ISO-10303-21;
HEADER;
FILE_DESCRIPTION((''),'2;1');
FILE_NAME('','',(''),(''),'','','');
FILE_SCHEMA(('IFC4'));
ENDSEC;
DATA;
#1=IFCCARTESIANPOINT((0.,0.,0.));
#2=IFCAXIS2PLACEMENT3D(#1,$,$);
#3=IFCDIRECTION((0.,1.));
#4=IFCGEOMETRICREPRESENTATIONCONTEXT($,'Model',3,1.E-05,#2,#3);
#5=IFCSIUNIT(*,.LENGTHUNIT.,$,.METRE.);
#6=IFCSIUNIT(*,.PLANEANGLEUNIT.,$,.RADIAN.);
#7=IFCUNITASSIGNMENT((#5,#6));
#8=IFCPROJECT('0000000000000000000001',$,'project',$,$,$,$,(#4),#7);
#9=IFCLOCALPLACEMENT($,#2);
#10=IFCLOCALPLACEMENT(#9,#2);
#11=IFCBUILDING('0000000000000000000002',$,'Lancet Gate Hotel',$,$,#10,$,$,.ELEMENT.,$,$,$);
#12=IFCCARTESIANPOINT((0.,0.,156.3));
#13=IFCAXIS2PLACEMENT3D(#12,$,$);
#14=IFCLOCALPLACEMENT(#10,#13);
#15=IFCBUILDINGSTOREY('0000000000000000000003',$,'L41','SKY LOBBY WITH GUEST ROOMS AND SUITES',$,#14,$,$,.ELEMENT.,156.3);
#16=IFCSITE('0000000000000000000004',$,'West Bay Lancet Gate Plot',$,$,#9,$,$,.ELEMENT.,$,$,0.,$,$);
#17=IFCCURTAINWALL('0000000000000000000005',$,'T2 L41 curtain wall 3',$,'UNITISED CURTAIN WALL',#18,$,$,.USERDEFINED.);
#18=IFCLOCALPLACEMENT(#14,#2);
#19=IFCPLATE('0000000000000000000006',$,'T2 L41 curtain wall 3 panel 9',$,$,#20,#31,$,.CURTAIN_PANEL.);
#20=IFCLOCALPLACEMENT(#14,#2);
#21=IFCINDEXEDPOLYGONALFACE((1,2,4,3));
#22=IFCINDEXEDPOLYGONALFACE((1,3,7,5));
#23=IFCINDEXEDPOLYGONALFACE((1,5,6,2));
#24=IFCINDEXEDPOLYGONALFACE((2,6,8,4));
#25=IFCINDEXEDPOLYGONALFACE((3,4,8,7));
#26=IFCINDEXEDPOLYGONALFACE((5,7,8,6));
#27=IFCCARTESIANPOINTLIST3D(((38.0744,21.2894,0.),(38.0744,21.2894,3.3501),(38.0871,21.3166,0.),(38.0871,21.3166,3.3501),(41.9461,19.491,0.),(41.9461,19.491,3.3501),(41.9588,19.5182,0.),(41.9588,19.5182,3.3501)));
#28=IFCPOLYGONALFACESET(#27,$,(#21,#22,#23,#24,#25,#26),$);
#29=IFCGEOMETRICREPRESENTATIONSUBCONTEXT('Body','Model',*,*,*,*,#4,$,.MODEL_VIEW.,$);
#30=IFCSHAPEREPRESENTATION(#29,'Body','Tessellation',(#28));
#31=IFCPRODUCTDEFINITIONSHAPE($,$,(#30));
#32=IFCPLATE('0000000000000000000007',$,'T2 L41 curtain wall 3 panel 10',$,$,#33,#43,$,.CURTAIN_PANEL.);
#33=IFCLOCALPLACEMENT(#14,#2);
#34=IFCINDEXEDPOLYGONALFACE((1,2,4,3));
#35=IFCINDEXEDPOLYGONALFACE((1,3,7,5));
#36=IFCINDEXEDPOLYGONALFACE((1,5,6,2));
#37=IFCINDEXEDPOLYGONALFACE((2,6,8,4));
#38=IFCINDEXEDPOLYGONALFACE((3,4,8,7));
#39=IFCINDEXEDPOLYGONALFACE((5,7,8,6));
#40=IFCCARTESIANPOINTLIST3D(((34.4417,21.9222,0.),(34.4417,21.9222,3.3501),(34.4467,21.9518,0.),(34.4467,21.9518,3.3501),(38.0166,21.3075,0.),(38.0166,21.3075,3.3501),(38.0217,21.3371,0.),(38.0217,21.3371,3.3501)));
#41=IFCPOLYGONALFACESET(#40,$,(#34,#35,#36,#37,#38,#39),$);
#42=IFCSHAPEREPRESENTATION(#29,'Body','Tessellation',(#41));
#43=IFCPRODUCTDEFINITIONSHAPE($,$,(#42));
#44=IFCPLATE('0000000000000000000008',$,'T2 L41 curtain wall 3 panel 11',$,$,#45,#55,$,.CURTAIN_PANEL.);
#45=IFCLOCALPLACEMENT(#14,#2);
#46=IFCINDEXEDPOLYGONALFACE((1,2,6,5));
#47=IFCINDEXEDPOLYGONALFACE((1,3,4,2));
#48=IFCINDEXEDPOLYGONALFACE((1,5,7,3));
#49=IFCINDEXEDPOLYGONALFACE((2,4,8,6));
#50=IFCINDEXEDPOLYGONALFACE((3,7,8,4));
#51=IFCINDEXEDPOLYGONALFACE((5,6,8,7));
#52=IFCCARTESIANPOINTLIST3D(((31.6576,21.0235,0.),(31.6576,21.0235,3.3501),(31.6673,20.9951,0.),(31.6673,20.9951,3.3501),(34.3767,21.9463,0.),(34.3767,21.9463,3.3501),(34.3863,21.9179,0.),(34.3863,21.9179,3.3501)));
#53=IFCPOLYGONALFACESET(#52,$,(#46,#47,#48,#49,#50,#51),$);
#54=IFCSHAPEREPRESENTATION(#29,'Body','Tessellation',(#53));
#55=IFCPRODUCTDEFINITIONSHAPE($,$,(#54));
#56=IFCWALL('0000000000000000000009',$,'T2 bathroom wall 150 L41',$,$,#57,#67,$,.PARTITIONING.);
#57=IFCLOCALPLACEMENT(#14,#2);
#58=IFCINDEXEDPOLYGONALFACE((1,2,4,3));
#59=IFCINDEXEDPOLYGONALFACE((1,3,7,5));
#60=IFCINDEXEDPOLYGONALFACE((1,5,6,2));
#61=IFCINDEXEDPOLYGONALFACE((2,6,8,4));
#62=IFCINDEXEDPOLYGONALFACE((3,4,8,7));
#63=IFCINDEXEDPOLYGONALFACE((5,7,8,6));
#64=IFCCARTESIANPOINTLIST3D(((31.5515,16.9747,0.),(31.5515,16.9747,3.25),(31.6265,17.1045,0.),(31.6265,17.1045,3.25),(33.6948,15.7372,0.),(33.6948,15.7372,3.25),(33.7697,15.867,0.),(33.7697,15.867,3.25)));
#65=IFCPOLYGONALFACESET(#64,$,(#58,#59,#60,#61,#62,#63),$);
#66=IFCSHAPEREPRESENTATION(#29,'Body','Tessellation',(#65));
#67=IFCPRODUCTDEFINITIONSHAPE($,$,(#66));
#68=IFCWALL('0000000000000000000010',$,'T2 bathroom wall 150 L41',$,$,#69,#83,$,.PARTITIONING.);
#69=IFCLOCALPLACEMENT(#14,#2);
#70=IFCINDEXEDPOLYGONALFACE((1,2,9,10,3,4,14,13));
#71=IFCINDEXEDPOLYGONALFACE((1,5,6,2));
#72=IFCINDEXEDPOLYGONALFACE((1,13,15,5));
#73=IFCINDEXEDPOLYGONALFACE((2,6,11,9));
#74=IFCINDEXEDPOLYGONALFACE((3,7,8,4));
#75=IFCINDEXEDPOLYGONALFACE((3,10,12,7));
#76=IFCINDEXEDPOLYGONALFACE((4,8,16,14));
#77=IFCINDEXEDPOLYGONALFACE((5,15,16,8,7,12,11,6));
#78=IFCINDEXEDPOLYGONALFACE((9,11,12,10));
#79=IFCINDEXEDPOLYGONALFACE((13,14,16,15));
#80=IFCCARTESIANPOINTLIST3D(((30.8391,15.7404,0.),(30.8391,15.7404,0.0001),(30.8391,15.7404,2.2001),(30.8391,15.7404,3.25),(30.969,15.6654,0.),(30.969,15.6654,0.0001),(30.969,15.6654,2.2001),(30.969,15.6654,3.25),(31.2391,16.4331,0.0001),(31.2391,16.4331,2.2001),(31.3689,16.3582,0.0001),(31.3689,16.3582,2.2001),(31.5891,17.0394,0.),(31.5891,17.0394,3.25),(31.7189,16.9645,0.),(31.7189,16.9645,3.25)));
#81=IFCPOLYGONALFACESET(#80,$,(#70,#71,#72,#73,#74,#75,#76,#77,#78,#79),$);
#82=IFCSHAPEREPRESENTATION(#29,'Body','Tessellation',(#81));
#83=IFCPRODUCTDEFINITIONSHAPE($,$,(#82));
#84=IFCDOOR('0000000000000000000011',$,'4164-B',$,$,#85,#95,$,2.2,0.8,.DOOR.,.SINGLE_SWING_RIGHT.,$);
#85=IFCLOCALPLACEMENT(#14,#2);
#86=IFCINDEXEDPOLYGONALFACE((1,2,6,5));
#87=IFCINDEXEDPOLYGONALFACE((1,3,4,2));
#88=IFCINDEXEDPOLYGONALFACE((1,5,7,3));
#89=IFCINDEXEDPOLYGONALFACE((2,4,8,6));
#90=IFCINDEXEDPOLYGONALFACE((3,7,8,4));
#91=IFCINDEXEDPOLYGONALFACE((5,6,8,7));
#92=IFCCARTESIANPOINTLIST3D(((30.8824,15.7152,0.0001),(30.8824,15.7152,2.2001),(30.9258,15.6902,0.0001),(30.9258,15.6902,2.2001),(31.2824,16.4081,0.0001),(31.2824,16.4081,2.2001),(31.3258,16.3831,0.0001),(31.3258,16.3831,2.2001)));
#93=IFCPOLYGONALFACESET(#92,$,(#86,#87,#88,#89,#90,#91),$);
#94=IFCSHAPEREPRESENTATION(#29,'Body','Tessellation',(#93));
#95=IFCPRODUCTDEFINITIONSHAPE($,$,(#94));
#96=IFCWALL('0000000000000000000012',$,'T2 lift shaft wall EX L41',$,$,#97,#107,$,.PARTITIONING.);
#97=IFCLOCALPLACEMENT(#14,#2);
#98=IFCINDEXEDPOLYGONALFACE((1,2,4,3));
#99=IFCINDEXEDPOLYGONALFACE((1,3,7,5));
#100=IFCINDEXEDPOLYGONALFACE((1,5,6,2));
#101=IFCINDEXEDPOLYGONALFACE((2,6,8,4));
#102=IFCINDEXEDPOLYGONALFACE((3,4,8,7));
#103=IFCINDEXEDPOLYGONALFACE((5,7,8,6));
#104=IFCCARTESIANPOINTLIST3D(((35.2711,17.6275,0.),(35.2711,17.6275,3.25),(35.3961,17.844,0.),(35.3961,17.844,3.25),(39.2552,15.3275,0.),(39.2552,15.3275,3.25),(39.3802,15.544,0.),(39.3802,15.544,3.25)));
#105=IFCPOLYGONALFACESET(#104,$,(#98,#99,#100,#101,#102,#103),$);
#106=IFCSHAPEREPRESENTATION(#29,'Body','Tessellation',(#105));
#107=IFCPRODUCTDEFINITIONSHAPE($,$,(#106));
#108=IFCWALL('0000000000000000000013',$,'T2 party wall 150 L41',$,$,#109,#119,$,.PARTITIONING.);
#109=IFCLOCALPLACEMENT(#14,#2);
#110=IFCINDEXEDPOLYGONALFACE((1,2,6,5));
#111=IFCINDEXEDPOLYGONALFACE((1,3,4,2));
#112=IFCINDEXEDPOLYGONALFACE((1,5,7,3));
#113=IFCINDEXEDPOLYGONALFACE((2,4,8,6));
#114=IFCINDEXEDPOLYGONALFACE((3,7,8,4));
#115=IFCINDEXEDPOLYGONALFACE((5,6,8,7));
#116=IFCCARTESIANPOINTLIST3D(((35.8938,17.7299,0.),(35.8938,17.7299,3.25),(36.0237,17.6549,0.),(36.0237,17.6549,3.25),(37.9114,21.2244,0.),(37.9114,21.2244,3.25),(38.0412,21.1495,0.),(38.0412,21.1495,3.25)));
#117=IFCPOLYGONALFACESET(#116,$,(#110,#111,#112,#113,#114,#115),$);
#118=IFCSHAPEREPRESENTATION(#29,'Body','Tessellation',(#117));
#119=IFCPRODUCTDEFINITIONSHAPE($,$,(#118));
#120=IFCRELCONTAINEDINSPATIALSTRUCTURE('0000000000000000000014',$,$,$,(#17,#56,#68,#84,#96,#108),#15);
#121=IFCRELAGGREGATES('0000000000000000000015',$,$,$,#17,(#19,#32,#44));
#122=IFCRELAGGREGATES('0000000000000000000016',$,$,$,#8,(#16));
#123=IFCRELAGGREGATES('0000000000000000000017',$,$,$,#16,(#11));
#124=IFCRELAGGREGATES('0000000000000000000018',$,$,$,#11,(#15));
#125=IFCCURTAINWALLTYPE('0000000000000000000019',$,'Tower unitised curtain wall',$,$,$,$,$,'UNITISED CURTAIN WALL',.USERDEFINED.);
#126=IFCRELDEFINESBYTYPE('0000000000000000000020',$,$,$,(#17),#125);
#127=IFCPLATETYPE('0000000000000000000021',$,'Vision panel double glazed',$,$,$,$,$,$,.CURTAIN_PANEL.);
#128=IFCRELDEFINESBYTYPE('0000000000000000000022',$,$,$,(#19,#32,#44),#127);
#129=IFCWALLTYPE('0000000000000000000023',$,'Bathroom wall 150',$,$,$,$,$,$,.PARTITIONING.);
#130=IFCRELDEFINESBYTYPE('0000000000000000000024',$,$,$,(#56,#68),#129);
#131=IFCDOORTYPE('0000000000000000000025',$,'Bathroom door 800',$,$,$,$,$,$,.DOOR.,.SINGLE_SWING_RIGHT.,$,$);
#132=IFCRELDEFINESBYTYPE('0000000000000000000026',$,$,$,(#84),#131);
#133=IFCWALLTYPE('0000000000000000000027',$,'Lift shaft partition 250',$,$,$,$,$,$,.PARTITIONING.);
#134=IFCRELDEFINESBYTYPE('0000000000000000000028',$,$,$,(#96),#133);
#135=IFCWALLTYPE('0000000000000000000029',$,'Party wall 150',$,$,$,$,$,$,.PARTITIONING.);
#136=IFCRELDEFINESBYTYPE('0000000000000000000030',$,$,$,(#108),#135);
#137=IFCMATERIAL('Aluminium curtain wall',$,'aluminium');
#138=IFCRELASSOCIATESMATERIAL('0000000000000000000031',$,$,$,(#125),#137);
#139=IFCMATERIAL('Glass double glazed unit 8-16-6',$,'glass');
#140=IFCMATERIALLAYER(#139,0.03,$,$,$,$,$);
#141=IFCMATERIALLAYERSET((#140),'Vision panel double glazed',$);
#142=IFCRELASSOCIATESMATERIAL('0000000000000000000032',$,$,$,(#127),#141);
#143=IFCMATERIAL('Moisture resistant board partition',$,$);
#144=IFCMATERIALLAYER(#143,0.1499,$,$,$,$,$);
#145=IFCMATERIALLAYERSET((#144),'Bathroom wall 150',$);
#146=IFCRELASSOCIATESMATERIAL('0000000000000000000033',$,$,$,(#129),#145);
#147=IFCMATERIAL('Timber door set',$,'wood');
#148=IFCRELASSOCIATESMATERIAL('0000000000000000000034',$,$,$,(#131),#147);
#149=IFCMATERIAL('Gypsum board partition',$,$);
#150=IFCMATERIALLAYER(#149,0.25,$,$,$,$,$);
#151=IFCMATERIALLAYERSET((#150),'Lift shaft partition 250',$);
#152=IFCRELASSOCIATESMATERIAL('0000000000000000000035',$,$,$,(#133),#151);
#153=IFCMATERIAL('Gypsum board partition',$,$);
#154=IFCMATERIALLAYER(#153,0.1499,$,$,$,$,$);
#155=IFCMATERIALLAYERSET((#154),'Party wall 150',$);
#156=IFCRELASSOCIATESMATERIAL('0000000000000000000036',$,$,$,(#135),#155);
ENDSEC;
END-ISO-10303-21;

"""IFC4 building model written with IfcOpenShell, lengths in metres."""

from ifc_helpers import new_model, si_unit, direction, frame, frame_2d, origin, origin_2d, place, context, subcontext, project, spatial, rectangle, extrude, material, layer, layer_set, type_object, element, fill, aggregate, save


model = new_model("IFC4")

# Units and contexts
model_context = context("Model", 3, precision=1e-05, world=origin(), true_north=direction((0.0, 1.0)))
body_context = subcontext(model_context, "Body", "Model", "MODEL_VIEW")
ifc_project = project(units=[si_unit("LENGTHUNIT", "METRE"), si_unit("PLANEANGLEUNIT", "RADIAN")], contexts=[model_context])

# Site, building, storey
site_placement = place(None, origin())
site = spatial("IfcSite", under=ifc_project, at=site_placement, Name="West Bay Lancet Gate Plot", CompositionType="ELEMENT", RefElevation=0.0)
building_placement = place(site_placement, origin())
building = spatial("IfcBuilding", under=site, at=building_placement, Name="Lancet Gate Hotel", CompositionType="ELEMENT")
storey_placement = place(building_placement, frame((0.0, 0.0, 156.3)))
storey = spatial("IfcBuildingStorey", under=building, at=storey_placement, Name="L41", Description="SKY LOBBY WITH GUEST ROOMS AND SUITES", CompositionType="ELEMENT", Elevation=156.3)

# Curtain wall
ifc_material_1 = material(Name="Aluminium curtain wall", Category="aluminium")
curtain_wall_type = type_object("IfcCurtainWallType", Name="Tower unitised curtain wall", ElementType="UNITISED CURTAIN WALL", PredefinedType="USERDEFINED", material=ifc_material_1)
curtain_wall_1_placement = place(storey_placement, origin())
curtain_wall_1 = element("IfcCurtainWall", 1, at=curtain_wall_1_placement, inside=storey, type_object=curtain_wall_type, Name="T2 L41 curtain wall 3", ObjectType="UNITISED CURTAIN WALL", PredefinedType="USERDEFINED")

# Plates
ifc_material_2 = material(Name="Glass double glazed unit 8-16-6", Category="glass")
ifc_layer_1 = layer(ifc_material_2, 0.03)
ifc_layer_set_1 = layer_set([ifc_layer_1], Name="Vision panel double glazed")
plate_type = type_object("IfcPlateType", Name="Vision panel double glazed", PredefinedType="CURTAIN_PANEL", material=ifc_layer_set_1)
plate_1_placement = place(storey_placement, frame((40.0166, 20.4038, 0.0), z_axis=(0.0, 0.0, 1.0), x_axis=(-0.906935, 0.421271, 0.0)))
plate_1 = element("IfcPlate", 2, at=plate_1_placement, type_object=plate_type, Name="T2 L41 curtain wall 3 panel 9", PredefinedType="CURTAIN_PANEL", context=body_context, shape_type="SweptSolid", body=[
    extrude(rectangle(XDim=4.269, YDim=0.03, at=origin_2d()), origin(), (0.0, 0.0, 1.0), 3.3501),
])
plate_2_placement = place(storey_placement, frame((36.2317, 21.6296, 0.0), z_axis=(0.0, 0.0, 1.0), x_axis=(-0.98554, 0.169445, 0.0)))
plate_2 = element("IfcPlate", 3, at=plate_2_placement, type_object=plate_type, Name="T2 L41 curtain wall 3 panel 10", PredefinedType="CURTAIN_PANEL", context=body_context, shape_type="SweptSolid", body=[
    extrude(rectangle(XDim=3.6274, YDim=0.03, at=origin_2d()), origin(), (0.0, 0.0, 1.0), 3.3501),
])
plate_3_placement = place(storey_placement, frame((33.022, 21.4707, 0.0), z_axis=(0.0, 0.0, 1.0), x_axis=(-0.946952, -0.321374, 0.0)))
plate_3 = element("IfcPlate", 4, at=plate_3_placement, type_object=plate_type, Name="T2 L41 curtain wall 3 panel 11", PredefinedType="CURTAIN_PANEL", context=body_context, shape_type="SweptSolid", body=[
    extrude(rectangle(XDim=2.8713, YDim=0.03, at=origin_2d()), origin(), (0.0, 0.0, 1.0), 3.3501),
])
aggregate(curtain_wall_1, [plate_1, plate_2, plate_3])

# Wall
ifc_material_3 = material(Name="Moisture resistant board partition")
ifc_layer_2 = layer(ifc_material_3, 0.1499)
ifc_layer_set_2 = layer_set([ifc_layer_2], Name="Bathroom wall 150")
wall_type_1 = type_object("IfcWallType", Name="Bathroom wall 150", PredefinedType="PARTITIONING", material=ifc_layer_set_2)
wall_1_placement = place(storey_placement, frame((31.5891, 17.0396, 0.0), z_axis=(0.0, 0.0, 1.0), x_axis=(0.866007, -0.500033, 0.0)))
element("IfcWall", 5, at=wall_1_placement, inside=storey, type_object=wall_type_1, Name="T2 bathroom wall 150 L41", PredefinedType="PARTITIONING", context=body_context, shape_type="SweptSolid", body=[
    extrude(rectangle(XDim=2.4749, YDim=0.1499, at=frame_2d((1.2373, 0.0))), origin(), (0.0, 0.0, 1.0), 3.25),
])

# Wall, opening, door
wall_2_placement = place(storey_placement, frame((30.9041, 15.7029, 0.0), z_axis=(0.0, 0.0, 1.0), x_axis=(0.49999, 0.866031, 0.0)))
wall_2 = element("IfcWall", 6, at=wall_2_placement, inside=storey, type_object=wall_type_1, Name="T2 bathroom wall 150 L41", PredefinedType="PARTITIONING", context=body_context, shape_type="SweptSolid", body=[
    extrude(rectangle(XDim=1.5, YDim=0.1499, at=frame_2d((0.75, 0.0))), origin(), (0.0, 0.0, 1.0), 3.25),
])
opening_placement = place(wall_2_placement, origin())
opening = element("IfcOpeningElement", 7, at=opening_placement, cuts=wall_2, PredefinedType="OPENING", context=body_context, shape_type="SweptSolid", body=[
    extrude(rectangle(XDim=0.8, YDim=2.2, at=frame_2d((0.3999, 1.1001))), frame((0.0, 0.085, 0.0), z_axis=(0.0, -1.0, 0.0), x_axis=(1.0, 0.0, 0.0)), (0.0, 0.0, 1.0), 0.1699),
])
ifc_material_4 = material(Name="Timber door set", Category="wood")
door_type = type_object("IfcDoorType", Name="Bathroom door 800", OperationType="SINGLE_SWING_RIGHT", PredefinedType="DOOR", material=ifc_material_4)
door_placement = place(opening_placement, origin())
door = element("IfcDoor", 8, at=door_placement, inside=storey, type_object=door_type, Name="4164-B", OperationType="SINGLE_SWING_RIGHT", OverallHeight=2.2, OverallWidth=0.8, PredefinedType="DOOR", context=body_context, shape_type="SweptSolid", body=[
    extrude(rectangle(XDim=0.8, YDim=2.2, at=frame_2d((0.3999, 1.1001))), frame((0.0, 0.0249, 0.0), z_axis=(0.0, -1.0, 0.0), x_axis=(1.0, 0.0, 0.0)), (0.0, 0.0, 1.0), 0.05),
])
fill(opening, door)

# Walls
ifc_material_5 = material(Name="Gypsum board partition")
ifc_layer_3 = layer(ifc_material_5, 0.25)
ifc_layer_set_3 = layer_set([ifc_layer_3], Name="Lift shaft partition 250")
wall_type_2 = type_object("IfcWallType", Name="Lift shaft partition 250", PredefinedType="PARTITIONING", material=ifc_layer_set_3)
wall_3_placement = place(storey_placement, frame((35.3335, 17.7358, 0.0), z_axis=(0.0, 0.0, 1.0), x_axis=(0.866043, -0.499969, 0.0)))
element("IfcWall", 9, at=wall_3_placement, inside=storey, type_object=wall_type_2, Name="T2 lift shaft wall EX L41", PredefinedType="PARTITIONING", context=body_context, shape_type="SweptSolid", body=[
    extrude(rectangle(XDim=4.6003, YDim=0.25, at=frame_2d((2.3003, 0.0))), origin(), (0.0, 0.0, 1.0), 3.25),
])
ifc_material_6 = material(Name="Gypsum board partition")
ifc_layer_4 = layer(ifc_material_6, 0.1499)
ifc_layer_set_4 = layer_set([ifc_layer_4], Name="Party wall 150")
wall_type_3 = type_object("IfcWallType", Name="Party wall 150", PredefinedType="PARTITIONING", material=ifc_layer_set_4)
wall_4_placement = place(storey_placement, frame((35.9587, 17.6924, 0.0), z_axis=(0.0, 0.0, 1.0), x_axis=(0.499991, 0.86603, 0.0)))
element("IfcWall", 10, at=wall_4_placement, inside=storey, type_object=wall_type_3, Name="T2 party wall 150 L41", PredefinedType="PARTITIONING", context=body_context, shape_type="SweptSolid", body=[
    extrude(rectangle(XDim=4.0352, YDim=0.1499, at=frame_2d((2.0176, 0.0))), origin(), (0.0, 0.0, 1.0), 3.25),
])

save(model, "model.ifc")
